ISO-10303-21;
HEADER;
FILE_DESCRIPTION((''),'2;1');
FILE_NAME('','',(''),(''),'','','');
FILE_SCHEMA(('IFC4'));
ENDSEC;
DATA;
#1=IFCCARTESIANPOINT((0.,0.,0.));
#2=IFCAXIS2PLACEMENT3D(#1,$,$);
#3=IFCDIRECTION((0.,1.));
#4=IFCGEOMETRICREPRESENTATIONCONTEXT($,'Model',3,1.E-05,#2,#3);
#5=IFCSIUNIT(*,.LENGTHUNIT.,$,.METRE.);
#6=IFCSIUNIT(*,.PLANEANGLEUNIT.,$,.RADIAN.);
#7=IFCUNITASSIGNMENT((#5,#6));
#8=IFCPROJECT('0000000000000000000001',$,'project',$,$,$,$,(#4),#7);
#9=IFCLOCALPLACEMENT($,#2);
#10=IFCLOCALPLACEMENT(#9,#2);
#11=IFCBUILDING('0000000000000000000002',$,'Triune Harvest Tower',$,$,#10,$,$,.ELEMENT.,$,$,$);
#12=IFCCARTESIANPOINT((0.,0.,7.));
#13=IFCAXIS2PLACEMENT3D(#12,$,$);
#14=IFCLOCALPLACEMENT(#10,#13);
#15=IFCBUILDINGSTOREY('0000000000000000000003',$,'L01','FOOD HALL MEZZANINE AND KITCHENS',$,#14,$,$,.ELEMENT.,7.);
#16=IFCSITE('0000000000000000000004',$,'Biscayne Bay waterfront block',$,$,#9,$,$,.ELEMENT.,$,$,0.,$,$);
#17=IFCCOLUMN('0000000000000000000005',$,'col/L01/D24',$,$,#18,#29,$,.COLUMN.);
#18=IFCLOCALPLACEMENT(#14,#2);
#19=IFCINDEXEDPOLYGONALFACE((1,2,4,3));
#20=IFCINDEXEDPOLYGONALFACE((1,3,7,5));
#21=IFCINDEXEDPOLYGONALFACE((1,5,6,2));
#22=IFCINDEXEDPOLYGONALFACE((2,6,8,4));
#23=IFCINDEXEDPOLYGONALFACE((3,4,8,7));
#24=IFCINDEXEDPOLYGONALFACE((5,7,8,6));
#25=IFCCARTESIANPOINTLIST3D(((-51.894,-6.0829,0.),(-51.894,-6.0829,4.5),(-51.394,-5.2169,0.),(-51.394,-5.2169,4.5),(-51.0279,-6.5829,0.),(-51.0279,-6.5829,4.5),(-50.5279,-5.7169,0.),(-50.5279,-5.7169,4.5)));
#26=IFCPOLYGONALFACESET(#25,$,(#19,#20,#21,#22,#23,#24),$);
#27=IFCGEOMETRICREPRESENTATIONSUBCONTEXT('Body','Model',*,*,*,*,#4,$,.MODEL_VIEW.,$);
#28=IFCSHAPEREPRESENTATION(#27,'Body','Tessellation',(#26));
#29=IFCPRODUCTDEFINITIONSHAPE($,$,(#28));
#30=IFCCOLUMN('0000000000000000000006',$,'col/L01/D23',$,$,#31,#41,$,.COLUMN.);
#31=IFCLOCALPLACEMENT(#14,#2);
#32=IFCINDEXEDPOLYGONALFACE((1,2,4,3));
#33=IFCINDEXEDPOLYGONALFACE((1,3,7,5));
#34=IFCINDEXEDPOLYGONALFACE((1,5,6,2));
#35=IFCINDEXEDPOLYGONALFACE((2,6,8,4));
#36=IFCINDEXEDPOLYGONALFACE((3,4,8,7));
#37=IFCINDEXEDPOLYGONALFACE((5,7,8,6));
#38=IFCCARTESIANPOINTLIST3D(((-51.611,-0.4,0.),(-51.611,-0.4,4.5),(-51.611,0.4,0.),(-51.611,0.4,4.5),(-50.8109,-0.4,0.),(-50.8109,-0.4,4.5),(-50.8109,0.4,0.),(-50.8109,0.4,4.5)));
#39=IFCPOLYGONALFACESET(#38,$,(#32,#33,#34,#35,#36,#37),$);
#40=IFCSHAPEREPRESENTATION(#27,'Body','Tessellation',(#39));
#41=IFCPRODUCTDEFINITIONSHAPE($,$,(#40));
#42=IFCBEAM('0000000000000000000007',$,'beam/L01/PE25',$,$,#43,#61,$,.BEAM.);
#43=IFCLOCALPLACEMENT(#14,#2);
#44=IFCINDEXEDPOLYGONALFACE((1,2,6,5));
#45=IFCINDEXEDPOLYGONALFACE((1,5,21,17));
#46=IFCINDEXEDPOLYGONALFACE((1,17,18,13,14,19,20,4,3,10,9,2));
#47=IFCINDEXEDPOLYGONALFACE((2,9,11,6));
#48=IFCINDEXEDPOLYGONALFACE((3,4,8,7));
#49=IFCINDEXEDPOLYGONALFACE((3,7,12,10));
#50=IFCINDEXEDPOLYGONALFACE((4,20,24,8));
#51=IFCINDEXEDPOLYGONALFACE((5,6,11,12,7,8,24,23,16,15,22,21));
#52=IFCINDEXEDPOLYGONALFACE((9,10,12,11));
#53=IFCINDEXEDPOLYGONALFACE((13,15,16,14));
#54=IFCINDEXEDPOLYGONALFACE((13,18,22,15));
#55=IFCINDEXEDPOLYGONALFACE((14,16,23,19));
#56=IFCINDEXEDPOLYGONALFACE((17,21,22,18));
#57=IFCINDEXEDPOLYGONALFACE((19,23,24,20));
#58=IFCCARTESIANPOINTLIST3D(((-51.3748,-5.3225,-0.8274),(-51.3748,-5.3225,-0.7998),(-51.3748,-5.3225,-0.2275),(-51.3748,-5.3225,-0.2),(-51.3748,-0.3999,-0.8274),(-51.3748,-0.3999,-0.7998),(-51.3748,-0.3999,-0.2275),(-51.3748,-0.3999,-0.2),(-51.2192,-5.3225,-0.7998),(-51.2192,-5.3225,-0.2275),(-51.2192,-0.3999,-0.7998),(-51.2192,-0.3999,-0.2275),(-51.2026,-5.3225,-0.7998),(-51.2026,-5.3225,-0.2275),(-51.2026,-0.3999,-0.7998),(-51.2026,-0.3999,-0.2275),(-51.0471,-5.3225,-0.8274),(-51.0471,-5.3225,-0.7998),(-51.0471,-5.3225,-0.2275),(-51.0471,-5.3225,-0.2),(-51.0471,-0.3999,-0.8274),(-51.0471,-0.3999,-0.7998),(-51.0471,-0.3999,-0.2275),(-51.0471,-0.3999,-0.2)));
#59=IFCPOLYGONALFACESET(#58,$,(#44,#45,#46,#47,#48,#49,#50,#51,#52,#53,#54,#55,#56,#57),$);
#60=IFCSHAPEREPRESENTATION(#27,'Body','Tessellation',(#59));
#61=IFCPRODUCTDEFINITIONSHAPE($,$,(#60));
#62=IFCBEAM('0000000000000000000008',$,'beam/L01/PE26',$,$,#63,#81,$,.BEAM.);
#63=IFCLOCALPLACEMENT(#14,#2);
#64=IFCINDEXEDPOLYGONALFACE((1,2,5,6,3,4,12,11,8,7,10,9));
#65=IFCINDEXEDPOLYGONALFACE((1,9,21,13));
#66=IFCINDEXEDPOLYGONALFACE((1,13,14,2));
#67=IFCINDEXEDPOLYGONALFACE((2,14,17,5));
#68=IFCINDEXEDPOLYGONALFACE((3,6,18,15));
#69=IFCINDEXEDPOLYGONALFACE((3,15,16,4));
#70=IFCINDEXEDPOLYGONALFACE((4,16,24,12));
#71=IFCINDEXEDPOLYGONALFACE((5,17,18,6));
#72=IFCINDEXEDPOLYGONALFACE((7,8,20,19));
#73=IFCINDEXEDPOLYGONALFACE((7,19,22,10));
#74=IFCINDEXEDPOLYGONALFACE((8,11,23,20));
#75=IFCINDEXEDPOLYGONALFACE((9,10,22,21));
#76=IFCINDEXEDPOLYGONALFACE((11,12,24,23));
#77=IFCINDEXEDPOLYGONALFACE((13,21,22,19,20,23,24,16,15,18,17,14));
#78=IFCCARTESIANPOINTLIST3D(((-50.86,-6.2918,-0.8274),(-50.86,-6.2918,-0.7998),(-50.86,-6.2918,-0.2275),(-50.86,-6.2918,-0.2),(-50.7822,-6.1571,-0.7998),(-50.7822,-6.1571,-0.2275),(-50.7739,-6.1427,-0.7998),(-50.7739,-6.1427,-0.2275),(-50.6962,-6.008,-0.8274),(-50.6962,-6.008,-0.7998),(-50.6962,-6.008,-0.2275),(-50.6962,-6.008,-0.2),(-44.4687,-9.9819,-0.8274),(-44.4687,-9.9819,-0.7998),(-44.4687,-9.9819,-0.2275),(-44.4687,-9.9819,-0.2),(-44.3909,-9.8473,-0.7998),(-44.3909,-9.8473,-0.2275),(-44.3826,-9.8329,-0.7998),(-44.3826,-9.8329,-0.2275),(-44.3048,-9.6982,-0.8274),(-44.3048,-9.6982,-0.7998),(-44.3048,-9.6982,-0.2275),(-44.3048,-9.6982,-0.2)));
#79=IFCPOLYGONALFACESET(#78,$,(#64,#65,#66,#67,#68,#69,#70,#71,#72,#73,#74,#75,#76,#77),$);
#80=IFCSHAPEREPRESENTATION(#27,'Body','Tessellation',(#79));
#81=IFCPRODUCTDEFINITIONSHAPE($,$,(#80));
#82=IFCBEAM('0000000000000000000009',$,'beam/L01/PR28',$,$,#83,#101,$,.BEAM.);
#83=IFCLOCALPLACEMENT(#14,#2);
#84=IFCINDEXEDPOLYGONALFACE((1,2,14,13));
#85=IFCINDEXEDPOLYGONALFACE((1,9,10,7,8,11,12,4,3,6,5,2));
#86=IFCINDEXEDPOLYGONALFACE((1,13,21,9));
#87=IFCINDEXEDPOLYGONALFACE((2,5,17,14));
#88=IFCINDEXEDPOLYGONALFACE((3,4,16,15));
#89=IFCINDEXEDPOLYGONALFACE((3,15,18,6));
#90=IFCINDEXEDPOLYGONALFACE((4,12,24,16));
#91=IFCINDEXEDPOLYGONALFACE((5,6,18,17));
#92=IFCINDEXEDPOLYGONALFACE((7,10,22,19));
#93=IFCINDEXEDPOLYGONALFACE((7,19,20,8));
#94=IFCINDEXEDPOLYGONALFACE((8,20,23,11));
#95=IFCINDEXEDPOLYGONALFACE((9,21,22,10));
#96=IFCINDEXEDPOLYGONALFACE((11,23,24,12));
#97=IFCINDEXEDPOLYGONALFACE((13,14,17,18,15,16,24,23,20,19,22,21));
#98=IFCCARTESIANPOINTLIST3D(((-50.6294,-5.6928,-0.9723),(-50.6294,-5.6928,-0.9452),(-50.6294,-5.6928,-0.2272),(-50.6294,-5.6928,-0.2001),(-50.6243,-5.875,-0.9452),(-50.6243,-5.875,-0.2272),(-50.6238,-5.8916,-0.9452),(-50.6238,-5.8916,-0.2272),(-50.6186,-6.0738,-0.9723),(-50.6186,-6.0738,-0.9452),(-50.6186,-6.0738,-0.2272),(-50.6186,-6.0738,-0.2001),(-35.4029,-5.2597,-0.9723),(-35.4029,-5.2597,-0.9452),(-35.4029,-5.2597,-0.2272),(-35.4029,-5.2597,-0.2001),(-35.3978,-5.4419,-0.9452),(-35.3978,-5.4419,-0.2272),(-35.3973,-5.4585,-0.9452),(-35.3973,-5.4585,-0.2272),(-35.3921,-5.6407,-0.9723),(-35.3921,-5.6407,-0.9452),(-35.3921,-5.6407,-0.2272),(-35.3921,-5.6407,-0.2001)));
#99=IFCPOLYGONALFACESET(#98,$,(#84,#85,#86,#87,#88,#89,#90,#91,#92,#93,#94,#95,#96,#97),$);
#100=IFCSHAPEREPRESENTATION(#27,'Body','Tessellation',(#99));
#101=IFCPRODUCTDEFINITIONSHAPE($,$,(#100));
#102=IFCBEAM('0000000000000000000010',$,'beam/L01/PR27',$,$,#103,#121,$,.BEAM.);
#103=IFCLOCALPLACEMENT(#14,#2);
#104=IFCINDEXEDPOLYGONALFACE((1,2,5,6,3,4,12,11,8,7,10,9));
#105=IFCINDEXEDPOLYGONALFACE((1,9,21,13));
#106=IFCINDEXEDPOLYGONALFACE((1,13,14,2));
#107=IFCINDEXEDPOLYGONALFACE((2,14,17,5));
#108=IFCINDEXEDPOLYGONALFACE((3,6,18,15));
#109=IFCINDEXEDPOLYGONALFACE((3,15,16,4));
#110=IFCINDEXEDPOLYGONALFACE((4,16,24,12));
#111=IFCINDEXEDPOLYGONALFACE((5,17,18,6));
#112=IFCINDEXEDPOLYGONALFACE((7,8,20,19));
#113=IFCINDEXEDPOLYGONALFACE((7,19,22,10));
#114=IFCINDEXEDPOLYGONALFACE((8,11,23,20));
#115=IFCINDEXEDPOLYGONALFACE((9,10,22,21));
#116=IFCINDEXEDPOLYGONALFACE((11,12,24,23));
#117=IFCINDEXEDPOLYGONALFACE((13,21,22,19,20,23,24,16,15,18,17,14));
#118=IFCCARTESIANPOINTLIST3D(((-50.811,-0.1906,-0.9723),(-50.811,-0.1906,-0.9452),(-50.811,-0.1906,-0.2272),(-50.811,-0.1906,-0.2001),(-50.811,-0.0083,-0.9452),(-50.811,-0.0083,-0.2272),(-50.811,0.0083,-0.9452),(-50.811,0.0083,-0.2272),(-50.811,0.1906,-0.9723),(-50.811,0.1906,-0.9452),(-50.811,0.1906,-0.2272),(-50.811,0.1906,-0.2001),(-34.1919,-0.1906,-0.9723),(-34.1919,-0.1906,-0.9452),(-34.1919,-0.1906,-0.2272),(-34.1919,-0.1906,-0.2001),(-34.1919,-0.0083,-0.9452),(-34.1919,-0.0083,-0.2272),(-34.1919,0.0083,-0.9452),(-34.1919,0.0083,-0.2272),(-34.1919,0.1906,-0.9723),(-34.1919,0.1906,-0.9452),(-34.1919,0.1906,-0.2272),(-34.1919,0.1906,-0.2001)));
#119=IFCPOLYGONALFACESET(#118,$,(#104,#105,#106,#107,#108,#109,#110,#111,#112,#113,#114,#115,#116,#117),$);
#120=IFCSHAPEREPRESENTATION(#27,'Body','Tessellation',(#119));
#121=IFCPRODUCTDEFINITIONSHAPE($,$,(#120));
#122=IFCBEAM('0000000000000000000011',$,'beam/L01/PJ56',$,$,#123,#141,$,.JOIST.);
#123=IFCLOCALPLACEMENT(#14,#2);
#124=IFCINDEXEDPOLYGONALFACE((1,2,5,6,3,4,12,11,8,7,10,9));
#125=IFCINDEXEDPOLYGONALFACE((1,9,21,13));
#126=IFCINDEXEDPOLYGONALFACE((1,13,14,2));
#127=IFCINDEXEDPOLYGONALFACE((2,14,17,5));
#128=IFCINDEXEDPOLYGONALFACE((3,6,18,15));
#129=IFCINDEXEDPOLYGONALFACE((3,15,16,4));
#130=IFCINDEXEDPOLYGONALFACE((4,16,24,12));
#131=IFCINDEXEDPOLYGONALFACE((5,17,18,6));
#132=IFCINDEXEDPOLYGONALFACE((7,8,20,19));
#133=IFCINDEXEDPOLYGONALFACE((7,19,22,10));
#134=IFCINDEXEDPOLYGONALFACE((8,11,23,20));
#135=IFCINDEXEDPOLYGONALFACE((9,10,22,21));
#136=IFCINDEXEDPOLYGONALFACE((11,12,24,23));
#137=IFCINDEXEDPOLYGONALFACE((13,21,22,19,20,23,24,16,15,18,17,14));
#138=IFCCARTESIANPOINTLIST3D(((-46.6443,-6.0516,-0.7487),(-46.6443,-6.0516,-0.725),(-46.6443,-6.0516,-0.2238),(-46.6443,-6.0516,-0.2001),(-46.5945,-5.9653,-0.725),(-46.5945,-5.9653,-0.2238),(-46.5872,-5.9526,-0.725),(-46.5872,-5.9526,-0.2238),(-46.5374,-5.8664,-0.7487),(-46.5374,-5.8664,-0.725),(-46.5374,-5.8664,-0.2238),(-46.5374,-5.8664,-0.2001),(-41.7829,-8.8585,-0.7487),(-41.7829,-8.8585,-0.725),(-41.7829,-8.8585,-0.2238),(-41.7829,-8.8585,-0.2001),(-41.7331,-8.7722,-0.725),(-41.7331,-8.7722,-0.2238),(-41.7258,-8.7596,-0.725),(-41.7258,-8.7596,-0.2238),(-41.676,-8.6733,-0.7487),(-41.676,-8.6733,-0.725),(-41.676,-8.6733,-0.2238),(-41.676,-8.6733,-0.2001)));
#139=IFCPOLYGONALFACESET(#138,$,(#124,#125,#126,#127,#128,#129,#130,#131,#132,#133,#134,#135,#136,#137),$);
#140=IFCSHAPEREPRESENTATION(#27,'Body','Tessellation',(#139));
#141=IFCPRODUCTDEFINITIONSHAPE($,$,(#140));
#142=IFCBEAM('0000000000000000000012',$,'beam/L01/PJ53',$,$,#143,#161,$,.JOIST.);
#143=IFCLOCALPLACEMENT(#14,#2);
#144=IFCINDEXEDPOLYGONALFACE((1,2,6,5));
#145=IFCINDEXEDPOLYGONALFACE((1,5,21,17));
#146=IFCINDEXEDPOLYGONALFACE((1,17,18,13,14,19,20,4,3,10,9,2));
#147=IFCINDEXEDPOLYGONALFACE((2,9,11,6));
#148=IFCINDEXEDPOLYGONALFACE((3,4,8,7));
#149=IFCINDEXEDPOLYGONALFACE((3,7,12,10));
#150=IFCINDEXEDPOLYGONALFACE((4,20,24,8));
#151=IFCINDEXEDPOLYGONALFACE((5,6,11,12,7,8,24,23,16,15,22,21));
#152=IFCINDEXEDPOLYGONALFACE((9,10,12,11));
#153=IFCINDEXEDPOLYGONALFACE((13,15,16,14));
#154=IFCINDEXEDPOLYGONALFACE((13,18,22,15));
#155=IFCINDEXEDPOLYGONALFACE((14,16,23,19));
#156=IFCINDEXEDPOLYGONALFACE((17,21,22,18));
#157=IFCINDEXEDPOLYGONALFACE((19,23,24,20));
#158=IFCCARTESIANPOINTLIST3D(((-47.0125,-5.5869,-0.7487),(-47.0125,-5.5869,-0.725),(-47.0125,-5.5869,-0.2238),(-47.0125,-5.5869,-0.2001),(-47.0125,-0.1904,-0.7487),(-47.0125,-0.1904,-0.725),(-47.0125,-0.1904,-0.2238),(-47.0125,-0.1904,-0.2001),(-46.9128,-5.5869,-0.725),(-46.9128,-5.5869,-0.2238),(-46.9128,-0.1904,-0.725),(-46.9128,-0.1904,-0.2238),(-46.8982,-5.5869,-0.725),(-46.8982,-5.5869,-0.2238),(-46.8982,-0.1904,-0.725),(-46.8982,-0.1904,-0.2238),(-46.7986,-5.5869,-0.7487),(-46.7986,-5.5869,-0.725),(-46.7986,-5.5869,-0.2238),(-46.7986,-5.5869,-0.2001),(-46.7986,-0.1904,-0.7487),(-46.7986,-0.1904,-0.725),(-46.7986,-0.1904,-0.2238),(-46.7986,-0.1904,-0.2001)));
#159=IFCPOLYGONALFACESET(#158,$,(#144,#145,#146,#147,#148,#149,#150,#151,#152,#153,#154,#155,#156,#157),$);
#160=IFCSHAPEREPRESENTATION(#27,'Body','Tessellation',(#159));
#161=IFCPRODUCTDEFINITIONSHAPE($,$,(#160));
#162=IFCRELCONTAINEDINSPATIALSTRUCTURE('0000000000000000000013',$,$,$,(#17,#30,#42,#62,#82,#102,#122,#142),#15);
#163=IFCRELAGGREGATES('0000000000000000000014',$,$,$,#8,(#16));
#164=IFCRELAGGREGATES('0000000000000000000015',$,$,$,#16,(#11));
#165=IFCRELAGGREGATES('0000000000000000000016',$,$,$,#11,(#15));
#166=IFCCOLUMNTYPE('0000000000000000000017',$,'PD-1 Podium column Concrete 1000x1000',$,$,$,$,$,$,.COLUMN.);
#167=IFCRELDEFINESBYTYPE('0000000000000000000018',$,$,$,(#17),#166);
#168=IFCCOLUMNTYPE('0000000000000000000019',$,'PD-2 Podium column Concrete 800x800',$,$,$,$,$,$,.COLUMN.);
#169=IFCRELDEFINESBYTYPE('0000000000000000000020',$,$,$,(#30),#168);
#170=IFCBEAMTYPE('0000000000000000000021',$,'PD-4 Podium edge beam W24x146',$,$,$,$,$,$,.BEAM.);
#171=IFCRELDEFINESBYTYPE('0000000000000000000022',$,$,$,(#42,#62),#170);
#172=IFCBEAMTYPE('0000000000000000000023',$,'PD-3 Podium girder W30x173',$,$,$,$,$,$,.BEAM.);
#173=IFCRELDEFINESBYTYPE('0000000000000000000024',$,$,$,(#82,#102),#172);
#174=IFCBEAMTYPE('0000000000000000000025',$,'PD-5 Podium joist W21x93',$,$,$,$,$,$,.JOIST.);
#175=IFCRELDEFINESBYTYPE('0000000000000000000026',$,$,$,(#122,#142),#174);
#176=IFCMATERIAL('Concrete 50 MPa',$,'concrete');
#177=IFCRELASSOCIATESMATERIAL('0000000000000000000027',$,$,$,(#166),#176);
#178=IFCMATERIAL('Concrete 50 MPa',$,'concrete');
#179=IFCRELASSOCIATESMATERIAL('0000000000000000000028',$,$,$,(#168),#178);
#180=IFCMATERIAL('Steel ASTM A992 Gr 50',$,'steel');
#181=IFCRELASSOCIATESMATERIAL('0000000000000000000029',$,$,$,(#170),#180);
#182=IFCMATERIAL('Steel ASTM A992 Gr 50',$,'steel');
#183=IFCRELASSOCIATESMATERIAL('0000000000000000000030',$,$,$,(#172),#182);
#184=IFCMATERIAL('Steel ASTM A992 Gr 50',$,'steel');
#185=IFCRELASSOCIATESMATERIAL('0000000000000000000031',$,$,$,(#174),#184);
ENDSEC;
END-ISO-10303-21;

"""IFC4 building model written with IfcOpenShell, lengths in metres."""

from ifc_helpers import new_model, si_unit, direction, frame, origin, origin_2d, place, context, subcontext, project, spatial, rectangle, i_section, extrude, source, transform, mapped, material, material_profile, profile_set, type_object, element, save


model = new_model("IFC4")

# Units and contexts
model_context = context("Model", 3, precision=1e-05, world=origin(), true_north=direction((0.0, 1.0)))
body_context = subcontext(model_context, "Body", "Model", "MODEL_VIEW")
ifc_project = project(units=[si_unit("LENGTHUNIT", "METRE"), si_unit("PLANEANGLEUNIT", "RADIAN")], contexts=[model_context])

# Site, building, storey
site_placement = place(None, origin())
site = spatial("IfcSite", under=ifc_project, at=site_placement, Name="Biscayne Bay waterfront block", CompositionType="ELEMENT", RefElevation=0.0)
building_placement = place(site_placement, origin())
building = spatial("IfcBuilding", under=site, at=building_placement, Name="Triune Harvest Tower", CompositionType="ELEMENT")
storey_placement = place(building_placement, frame((0.0, 0.0, 7.0)))
storey = spatial("IfcBuildingStorey", under=building, at=storey_placement, Name="L01", Description="FOOD HALL MEZZANINE AND KITCHENS", CompositionType="ELEMENT", Elevation=7.0)

# Columns
ifc_material_1 = material(Name="Concrete 50 MPa", Category="concrete")
ifc_material_profile_1 = material_profile(ifc_material_1, rectangle(XDim=1.0, YDim=1.0, at=origin_2d()), Name="Concrete 1000x1000")
ifc_profile_set_1 = profile_set([ifc_material_profile_1], Name="Concrete 50 MPa")
column_type_1 = type_object("IfcColumnType", Name="PD-1 Podium column Concrete 1000x1000", PredefinedType="COLUMN", material=ifc_profile_set_1)
shared_shape_1 = source(origin(), body_context, "Body", "SweptSolid", [
    extrude(rectangle(XDim=1.0, YDim=1.0, at=origin_2d()), origin(), (0.0, 0.0, 1.0), 4.5),
])
column_1_placement = place(storey_placement, frame((-51.2109, -5.8999, 0.0), z_axis=(0.0, 0.0, 1.0), x_axis=(0.866025, -0.5, 0.0)))
element("IfcColumn", 1, at=column_1_placement, inside=storey, type_object=column_type_1, Name="col/L01/D24", PredefinedType="COLUMN", context=body_context, shape_type="MappedRepresentation", body=[
    mapped(shared_shape_1, transform((0.0, 0.0, 0.0), scale=1.0)),
])
ifc_material_2 = material(Name="Concrete 50 MPa", Category="concrete")
ifc_material_profile_2 = material_profile(ifc_material_2, rectangle(XDim=0.8, YDim=0.8, at=origin_2d()), Name="Concrete 800x800")
ifc_profile_set_2 = profile_set([ifc_material_profile_2], Name="Concrete 50 MPa")
column_type_2 = type_object("IfcColumnType", Name="PD-2 Podium column Concrete 800x800", PredefinedType="COLUMN", material=ifc_profile_set_2)
shared_shape_2 = source(origin(), body_context, "Body", "SweptSolid", [
    extrude(rectangle(XDim=0.8, YDim=0.8, at=origin_2d()), origin(), (0.0, 0.0, 1.0), 4.5),
])
column_2_placement = place(storey_placement, frame((-51.2109, 0.0, 0.0), z_axis=(0.0, 0.0, 1.0), x_axis=(0.0, -1.0, 0.0)))
element("IfcColumn", 2, at=column_2_placement, inside=storey, type_object=column_type_2, Name="col/L01/D23", PredefinedType="COLUMN", context=body_context, shape_type="MappedRepresentation", body=[
    mapped(shared_shape_2, transform((0.0, 0.0, 0.0), scale=1.0)),
])

# Beams
ifc_material_3 = material(Name="Steel ASTM A992 Gr 50", Category="steel")
ifc_material_profile_3 = material_profile(ifc_material_3, i_section(OverallWidth=0.3276, OverallDepth=0.6274, WebThickness=0.0166, FlangeThickness=0.0276, at=origin_2d()), Name="W24x146")
ifc_profile_set_3 = profile_set([ifc_material_profile_3], Name="Steel ASTM A992 Gr 50")
beam_type_1 = type_object("IfcBeamType", Name="PD-4 Podium edge beam W24x146", PredefinedType="BEAM", material=ifc_profile_set_3)
shared_shape_3 = source(origin(), body_context, "Body", "SweptSolid", [
    extrude(i_section(OverallWidth=0.3276, OverallDepth=0.6274, WebThickness=0.0166, FlangeThickness=0.0276, at=origin_2d()), origin(), (0.0, 0.0, 1.0), 4.9226),
])
beam_1_placement = place(storey_placement, frame((-51.2109, -0.3999, -0.5137), z_axis=(0.0, -1.0, 0.0), x_axis=(1.0, 0.0, 0.0)))
element("IfcBeam", 3, at=beam_1_placement, inside=storey, type_object=beam_type_1, Name="beam/L01/PE25", PredefinedType="BEAM", context=body_context, shape_type="MappedRepresentation", body=[
    mapped(shared_shape_3, transform((0.0, 0.0, 0.0), scale=1.0)),
])
shared_shape_4 = source(origin(), body_context, "Body", "SweptSolid", [
    extrude(i_section(OverallWidth=0.3276, OverallDepth=0.6274, WebThickness=0.0166, FlangeThickness=0.0276, at=origin_2d()), origin(), (0.0, 0.0, 1.0), 7.3801),
])
beam_2_placement = place(storey_placement, frame((-50.7781, -6.1499, -0.5137), z_axis=(0.866018, -0.500014, 0.0), x_axis=(0.500014, 0.866018, 0.0)))
element("IfcBeam", 4, at=beam_2_placement, inside=storey, type_object=beam_type_1, Name="beam/L01/PE26", PredefinedType="BEAM", context=body_context, shape_type="MappedRepresentation", body=[
    mapped(shared_shape_4, transform((0.0, 0.0, 0.0), scale=1.0)),
])
ifc_material_4 = material(Name="Steel ASTM A992 Gr 50", Category="steel")
ifc_material_profile_4 = material_profile(ifc_material_4, i_section(OverallWidth=0.3811, OverallDepth=0.7722, WebThickness=0.0166, FlangeThickness=0.0271, at=origin_2d()), Name="W30x173")
ifc_profile_set_4 = profile_set([ifc_material_profile_4], Name="Steel ASTM A992 Gr 50")
beam_type_2 = type_object("IfcBeamType", Name="PD-3 Podium girder W30x173", PredefinedType="BEAM", material=ifc_profile_set_4)
shared_shape_5 = source(origin(), body_context, "Body", "SweptSolid", [
    extrude(i_section(OverallWidth=0.3811, OverallDepth=0.7722, WebThickness=0.0166, FlangeThickness=0.0271, at=origin_2d()), origin(), (0.0, 0.0, 1.0), 15.2327),
])
beam_3_placement = place(storey_placement, frame((-50.624, -5.8833, -0.5862), z_axis=(0.999596, 0.028433, 0.0), x_axis=(-0.028433, 0.999596, 0.0)))
element("IfcBeam", 5, at=beam_3_placement, inside=storey, type_object=beam_type_2, Name="beam/L01/PR28", PredefinedType="BEAM", context=body_context, shape_type="MappedRepresentation", body=[
    mapped(shared_shape_5, transform((0.0, 0.0, 0.0), scale=1.0)),
])
shared_shape_6 = source(origin(), body_context, "Body", "SweptSolid", [
    extrude(i_section(OverallWidth=0.3811, OverallDepth=0.7722, WebThickness=0.0166, FlangeThickness=0.0271, at=origin_2d()), origin(), (0.0, 0.0, 1.0), 16.6191),
])
beam_4_placement = place(storey_placement, frame((-50.811, 0.0, -0.5862), z_axis=(1.0, 0.0, 0.0), x_axis=(0.0, 1.0, 0.0)))
element("IfcBeam", 6, at=beam_4_placement, inside=storey, type_object=beam_type_2, Name="beam/L01/PR27", PredefinedType="BEAM", context=body_context, shape_type="MappedRepresentation", body=[
    mapped(shared_shape_6, transform((0.0, 0.0, 0.0), scale=1.0)),
])
ifc_material_5 = material(Name="Steel ASTM A992 Gr 50", Category="steel")
ifc_material_profile_5 = material_profile(ifc_material_5, i_section(OverallWidth=0.2139, OverallDepth=0.5486, WebThickness=0.0146, FlangeThickness=0.0237, at=origin_2d()), Name="W21x93")
ifc_profile_set_5 = profile_set([ifc_material_profile_5], Name="Steel ASTM A992 Gr 50")
beam_type_3 = type_object("IfcBeamType", Name="PD-5 Podium joist W21x93", PredefinedType="JOIST", material=ifc_profile_set_5)
shared_shape_7 = source(origin(), body_context, "Body", "SweptSolid", [
    extrude(i_section(OverallWidth=0.2139, OverallDepth=0.5486, WebThickness=0.0146, FlangeThickness=0.0237, at=origin_2d()), origin(), (0.0, 0.0, 1.0), 5.6135),
])
beam_5_placement = place(storey_placement, frame((-46.5908, -5.959, -0.4744), z_axis=(0.86601, -0.500026, 0.0), x_axis=(0.500026, 0.86601, 0.0)))
element("IfcBeam", 7, at=beam_5_placement, inside=storey, type_object=beam_type_3, Name="beam/L01/PJ56", PredefinedType="JOIST", context=body_context, shape_type="MappedRepresentation", body=[
    mapped(shared_shape_7, transform((0.0, 0.0, 0.0), scale=1.0)),
])
shared_shape_8 = source(origin(), body_context, "Body", "SweptSolid", [
    extrude(i_section(OverallWidth=0.2139, OverallDepth=0.5486, WebThickness=0.0146, FlangeThickness=0.0237, at=origin_2d()), origin(), (0.0, 0.0, 1.0), 5.3965),
])
beam_6_placement = place(storey_placement, frame((-46.9055, -0.1904, -0.4744), z_axis=(0.0, -1.0, 0.0), x_axis=(1.0, 0.0, 0.0)))
element("IfcBeam", 8, at=beam_6_placement, inside=storey, type_object=beam_type_3, Name="beam/L01/PJ53", PredefinedType="JOIST", context=body_context, shape_type="MappedRepresentation", body=[
    mapped(shared_shape_8, transform((0.0, 0.0, 0.0), scale=1.0)),
])

save(model, "model.ifc")
